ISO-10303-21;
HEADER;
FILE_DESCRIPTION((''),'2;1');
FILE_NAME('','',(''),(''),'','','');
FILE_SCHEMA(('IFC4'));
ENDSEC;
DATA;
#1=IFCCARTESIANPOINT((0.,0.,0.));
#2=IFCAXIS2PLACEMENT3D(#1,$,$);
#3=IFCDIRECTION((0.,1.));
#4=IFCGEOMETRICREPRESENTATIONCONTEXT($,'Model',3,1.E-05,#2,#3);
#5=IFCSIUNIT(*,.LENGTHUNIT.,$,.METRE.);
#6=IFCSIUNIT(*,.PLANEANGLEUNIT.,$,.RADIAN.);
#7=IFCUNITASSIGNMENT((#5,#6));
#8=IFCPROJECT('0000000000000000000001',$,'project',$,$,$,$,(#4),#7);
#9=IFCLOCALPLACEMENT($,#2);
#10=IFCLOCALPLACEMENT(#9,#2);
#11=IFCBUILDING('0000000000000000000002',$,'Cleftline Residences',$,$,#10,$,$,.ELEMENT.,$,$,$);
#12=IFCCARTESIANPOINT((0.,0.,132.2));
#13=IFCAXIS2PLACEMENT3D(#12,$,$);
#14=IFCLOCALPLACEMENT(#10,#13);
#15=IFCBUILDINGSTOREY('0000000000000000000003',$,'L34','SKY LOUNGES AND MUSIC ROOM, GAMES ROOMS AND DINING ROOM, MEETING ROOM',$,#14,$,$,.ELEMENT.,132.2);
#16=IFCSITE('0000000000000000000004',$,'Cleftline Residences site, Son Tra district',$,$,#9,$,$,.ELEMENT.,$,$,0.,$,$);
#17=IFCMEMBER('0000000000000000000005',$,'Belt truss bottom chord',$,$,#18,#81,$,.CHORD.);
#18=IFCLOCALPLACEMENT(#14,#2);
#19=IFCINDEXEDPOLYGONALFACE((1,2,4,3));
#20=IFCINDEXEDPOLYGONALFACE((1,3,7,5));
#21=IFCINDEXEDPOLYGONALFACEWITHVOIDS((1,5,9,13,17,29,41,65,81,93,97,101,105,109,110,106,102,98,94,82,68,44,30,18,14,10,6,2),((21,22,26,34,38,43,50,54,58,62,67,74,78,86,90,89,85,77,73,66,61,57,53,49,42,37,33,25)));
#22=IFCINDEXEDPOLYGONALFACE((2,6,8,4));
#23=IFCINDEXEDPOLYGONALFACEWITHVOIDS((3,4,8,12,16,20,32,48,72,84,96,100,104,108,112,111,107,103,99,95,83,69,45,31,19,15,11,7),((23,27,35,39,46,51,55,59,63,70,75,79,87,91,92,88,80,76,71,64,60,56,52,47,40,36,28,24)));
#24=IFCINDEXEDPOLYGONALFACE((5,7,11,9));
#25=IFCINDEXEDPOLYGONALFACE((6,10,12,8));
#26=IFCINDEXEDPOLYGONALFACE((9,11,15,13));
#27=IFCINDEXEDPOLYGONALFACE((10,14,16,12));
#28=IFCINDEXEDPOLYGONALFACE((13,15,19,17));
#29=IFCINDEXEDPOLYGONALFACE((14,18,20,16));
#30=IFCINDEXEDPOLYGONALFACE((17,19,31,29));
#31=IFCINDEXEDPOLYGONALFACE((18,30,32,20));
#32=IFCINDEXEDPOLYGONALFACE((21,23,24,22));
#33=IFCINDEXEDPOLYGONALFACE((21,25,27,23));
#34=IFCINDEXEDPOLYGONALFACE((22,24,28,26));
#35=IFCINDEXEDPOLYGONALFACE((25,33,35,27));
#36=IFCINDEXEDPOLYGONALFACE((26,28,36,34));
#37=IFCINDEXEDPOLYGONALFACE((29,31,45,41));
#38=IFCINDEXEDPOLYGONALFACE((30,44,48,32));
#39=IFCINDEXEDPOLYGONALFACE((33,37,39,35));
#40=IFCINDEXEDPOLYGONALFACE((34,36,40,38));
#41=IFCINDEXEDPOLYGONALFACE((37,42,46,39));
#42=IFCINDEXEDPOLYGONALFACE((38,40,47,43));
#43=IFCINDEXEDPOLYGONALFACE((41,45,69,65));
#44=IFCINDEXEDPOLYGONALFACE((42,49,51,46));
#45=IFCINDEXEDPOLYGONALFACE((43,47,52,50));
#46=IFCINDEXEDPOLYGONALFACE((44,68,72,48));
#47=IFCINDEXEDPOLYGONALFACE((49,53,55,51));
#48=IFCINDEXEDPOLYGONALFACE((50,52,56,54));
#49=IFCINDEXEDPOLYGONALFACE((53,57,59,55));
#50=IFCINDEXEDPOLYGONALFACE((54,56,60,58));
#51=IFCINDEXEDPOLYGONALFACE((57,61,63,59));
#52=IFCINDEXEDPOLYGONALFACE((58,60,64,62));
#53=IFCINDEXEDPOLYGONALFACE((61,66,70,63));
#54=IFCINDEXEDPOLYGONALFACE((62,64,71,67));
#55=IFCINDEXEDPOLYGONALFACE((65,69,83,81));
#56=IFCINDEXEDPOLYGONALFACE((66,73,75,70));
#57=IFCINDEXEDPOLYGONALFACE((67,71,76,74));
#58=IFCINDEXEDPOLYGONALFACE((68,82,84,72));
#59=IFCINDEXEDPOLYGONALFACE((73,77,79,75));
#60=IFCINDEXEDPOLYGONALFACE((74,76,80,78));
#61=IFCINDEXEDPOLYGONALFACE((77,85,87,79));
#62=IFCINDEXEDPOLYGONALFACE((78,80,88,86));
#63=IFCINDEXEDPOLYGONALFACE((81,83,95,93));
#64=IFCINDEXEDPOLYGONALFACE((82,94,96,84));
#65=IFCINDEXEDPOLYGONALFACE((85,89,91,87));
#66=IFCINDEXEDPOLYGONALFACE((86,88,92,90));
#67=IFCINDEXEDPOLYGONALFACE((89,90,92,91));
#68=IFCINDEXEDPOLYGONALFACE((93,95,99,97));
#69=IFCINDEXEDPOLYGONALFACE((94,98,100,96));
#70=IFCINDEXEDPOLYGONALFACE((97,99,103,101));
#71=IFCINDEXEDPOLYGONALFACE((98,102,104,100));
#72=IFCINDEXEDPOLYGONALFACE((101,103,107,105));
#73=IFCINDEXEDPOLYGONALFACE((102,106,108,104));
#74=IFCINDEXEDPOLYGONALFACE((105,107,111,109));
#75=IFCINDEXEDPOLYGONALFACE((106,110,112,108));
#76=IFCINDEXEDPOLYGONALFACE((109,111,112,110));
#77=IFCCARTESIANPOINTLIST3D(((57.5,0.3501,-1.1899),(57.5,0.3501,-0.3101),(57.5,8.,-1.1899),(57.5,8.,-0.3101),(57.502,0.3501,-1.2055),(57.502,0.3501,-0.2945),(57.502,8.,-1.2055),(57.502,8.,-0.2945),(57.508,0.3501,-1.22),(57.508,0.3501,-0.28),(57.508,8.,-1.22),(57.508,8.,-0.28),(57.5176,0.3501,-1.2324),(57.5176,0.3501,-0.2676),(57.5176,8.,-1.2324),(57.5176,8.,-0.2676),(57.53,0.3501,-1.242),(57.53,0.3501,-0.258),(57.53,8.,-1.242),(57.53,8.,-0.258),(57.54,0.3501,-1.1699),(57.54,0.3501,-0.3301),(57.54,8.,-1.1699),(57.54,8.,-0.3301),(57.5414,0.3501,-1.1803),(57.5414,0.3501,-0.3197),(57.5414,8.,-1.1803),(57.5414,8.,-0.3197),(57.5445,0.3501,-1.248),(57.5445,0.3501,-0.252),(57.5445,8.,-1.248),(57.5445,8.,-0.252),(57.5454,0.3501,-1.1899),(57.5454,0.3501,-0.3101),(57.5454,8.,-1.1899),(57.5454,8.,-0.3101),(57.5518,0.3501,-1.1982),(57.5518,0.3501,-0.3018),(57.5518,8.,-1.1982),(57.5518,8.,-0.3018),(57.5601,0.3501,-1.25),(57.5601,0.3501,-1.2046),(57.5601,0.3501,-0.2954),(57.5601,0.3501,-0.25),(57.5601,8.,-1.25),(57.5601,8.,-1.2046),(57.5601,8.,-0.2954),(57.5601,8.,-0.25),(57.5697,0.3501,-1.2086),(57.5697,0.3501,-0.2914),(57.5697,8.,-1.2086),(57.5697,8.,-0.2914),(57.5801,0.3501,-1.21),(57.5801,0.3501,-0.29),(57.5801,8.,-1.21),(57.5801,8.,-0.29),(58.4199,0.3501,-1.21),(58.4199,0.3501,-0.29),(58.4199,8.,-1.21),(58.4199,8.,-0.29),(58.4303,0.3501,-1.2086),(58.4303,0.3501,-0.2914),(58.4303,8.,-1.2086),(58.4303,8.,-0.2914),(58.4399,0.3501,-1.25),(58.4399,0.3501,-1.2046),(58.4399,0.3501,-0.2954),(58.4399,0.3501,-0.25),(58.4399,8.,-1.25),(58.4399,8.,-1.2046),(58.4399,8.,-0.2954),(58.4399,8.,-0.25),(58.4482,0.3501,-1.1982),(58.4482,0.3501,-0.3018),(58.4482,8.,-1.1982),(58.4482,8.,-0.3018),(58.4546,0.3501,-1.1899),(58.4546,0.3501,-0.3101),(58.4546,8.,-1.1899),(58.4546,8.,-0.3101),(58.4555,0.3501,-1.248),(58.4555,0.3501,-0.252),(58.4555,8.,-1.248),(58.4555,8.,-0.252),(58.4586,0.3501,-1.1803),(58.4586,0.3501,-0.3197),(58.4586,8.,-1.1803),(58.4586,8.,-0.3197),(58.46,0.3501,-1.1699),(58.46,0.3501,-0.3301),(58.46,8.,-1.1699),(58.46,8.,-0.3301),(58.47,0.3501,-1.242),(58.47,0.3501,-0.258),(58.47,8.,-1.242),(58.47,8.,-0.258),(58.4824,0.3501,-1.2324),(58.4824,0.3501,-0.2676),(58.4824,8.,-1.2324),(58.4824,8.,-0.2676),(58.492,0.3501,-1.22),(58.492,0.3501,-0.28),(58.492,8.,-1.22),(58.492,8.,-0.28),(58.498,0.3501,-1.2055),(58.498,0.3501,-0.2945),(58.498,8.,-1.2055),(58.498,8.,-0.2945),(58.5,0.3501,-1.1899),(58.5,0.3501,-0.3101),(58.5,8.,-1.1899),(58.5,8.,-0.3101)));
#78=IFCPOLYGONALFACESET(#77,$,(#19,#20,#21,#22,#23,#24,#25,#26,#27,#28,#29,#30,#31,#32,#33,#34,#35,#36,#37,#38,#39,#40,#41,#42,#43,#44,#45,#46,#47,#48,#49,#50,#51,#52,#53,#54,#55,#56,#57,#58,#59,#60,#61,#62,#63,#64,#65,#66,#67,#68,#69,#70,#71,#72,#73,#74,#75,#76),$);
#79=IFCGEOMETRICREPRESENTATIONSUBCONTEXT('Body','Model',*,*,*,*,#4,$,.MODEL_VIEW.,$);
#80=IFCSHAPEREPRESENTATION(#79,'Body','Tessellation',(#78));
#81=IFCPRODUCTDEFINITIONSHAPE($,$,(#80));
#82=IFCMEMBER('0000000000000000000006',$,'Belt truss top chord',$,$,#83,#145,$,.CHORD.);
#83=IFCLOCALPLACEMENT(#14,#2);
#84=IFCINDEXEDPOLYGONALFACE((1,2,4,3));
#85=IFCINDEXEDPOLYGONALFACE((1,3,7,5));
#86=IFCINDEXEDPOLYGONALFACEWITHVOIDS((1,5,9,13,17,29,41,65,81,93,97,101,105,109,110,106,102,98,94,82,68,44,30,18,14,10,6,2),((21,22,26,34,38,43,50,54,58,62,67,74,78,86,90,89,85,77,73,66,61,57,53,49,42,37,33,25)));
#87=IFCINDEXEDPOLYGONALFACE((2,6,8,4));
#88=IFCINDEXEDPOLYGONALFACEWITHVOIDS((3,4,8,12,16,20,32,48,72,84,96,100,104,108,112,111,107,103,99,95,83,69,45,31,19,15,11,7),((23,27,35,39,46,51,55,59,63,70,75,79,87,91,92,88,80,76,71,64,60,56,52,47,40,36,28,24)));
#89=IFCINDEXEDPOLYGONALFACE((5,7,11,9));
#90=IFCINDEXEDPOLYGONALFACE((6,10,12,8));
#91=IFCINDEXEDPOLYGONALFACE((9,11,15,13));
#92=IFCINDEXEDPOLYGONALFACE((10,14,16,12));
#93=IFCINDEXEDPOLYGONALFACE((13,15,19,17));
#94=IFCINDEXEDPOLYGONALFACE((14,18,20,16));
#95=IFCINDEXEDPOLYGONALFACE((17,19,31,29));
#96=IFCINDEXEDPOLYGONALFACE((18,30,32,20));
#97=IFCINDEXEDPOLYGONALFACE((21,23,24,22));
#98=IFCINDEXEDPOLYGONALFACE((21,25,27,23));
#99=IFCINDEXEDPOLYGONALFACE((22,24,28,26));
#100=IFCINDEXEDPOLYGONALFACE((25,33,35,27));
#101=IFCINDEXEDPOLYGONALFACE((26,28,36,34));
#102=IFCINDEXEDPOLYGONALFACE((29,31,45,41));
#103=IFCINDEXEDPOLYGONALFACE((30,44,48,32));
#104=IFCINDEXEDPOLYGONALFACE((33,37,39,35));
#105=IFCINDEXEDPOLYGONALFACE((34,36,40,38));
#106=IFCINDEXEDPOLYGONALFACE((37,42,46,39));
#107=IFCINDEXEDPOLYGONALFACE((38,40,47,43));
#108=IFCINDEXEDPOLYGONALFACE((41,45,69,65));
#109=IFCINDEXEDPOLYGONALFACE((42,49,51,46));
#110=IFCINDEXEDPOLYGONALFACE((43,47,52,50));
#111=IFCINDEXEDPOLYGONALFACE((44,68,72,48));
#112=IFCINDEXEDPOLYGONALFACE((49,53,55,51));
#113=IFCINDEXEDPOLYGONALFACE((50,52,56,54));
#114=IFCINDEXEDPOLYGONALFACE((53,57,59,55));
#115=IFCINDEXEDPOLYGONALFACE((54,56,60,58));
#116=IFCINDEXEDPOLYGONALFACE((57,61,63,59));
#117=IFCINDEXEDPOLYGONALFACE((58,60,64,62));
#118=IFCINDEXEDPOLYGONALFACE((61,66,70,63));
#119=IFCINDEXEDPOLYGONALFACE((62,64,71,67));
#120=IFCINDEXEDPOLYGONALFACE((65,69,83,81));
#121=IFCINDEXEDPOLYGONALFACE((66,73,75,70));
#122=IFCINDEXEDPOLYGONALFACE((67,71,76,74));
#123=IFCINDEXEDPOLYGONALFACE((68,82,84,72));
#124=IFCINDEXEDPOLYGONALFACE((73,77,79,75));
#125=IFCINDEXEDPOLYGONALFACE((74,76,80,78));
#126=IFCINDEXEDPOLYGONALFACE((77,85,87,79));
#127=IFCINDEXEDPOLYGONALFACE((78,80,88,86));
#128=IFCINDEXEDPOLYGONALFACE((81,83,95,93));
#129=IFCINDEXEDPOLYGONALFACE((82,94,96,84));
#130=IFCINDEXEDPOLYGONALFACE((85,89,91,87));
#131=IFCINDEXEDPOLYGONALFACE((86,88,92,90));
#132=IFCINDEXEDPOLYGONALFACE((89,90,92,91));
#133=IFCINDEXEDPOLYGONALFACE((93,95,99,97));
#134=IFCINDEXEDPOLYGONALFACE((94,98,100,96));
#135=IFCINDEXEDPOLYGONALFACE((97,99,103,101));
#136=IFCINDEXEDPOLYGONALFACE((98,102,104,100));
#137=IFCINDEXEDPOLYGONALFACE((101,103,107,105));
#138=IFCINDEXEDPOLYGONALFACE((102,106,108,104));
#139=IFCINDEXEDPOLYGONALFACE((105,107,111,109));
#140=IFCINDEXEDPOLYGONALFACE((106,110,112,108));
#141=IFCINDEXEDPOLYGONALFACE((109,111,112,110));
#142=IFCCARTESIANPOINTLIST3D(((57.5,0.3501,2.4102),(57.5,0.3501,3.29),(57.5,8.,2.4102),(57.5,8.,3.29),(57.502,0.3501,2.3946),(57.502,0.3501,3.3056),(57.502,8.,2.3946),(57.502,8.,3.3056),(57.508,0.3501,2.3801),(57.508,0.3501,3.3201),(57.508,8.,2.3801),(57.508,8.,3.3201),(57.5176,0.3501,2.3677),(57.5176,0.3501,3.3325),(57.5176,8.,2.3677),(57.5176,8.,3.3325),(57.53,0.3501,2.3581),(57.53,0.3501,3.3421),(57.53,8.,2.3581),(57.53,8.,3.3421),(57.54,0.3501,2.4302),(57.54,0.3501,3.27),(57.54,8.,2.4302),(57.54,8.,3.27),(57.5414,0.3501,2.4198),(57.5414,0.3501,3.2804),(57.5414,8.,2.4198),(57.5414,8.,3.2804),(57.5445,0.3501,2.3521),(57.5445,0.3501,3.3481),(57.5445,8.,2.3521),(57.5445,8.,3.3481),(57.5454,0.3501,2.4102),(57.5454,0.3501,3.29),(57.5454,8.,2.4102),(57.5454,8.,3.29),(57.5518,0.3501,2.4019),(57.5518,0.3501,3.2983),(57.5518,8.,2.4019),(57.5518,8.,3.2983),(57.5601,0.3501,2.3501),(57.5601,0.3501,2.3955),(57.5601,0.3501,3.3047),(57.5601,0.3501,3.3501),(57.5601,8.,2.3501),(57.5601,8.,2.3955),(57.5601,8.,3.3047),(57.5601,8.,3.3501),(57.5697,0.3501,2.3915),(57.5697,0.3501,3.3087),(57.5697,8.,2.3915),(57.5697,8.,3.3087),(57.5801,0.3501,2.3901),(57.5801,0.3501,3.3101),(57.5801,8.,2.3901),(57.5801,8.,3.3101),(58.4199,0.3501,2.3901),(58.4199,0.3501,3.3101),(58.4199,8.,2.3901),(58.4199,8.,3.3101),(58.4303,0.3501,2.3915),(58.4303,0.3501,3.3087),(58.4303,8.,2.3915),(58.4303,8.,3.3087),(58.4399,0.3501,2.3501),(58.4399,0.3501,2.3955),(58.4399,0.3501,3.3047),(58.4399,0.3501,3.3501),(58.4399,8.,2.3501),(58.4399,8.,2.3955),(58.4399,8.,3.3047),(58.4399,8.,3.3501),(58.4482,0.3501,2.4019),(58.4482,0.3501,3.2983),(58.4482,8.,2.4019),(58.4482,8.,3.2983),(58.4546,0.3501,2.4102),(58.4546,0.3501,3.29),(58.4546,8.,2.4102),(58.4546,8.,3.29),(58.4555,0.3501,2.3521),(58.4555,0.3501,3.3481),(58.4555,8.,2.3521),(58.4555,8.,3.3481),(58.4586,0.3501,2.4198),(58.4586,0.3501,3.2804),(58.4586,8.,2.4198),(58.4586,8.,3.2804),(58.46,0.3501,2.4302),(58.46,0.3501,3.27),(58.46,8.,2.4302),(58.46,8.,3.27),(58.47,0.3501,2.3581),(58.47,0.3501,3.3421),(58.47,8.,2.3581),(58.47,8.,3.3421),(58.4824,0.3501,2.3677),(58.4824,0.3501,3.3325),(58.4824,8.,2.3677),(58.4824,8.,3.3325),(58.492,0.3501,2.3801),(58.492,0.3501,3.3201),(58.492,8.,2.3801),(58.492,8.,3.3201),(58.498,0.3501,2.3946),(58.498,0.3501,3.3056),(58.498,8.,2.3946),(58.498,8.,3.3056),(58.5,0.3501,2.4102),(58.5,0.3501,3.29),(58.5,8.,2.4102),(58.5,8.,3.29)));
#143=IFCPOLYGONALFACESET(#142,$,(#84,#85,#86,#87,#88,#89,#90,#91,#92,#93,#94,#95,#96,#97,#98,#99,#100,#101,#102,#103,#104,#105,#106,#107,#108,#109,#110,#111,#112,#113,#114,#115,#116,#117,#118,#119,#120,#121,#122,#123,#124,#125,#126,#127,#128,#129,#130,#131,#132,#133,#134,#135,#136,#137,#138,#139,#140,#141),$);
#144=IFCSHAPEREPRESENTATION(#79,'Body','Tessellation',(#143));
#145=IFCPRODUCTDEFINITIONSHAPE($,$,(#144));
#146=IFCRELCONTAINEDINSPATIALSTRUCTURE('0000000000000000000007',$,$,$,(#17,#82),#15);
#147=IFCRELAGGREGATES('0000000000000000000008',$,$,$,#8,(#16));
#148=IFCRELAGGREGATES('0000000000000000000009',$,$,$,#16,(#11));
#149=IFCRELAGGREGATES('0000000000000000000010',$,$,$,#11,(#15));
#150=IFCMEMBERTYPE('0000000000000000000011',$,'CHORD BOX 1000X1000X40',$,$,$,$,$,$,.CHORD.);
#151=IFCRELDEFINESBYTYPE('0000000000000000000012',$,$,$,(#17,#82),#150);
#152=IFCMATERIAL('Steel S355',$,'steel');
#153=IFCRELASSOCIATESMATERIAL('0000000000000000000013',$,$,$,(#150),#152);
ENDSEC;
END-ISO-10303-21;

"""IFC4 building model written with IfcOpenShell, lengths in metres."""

from ifc_helpers import new_model, si_unit, direction, frame, origin, origin_2d, place, context, subcontext, project, spatial, hollow_rectangle, extrude, material, material_profile, profile_set, type_object, element, save


model = new_model("IFC4")

# Units and contexts
model_context = context("Model", 3, precision=1e-05, world=origin(), true_north=direction((0.0, 1.0)))
body_context = subcontext(model_context, "Body", "Model", "MODEL_VIEW")
ifc_project = project(units=[si_unit("LENGTHUNIT", "METRE"), si_unit("PLANEANGLEUNIT", "RADIAN")], contexts=[model_context])

# Site, building, storey
site_placement = place(None, origin())
site = spatial("IfcSite", under=ifc_project, at=site_placement, Name="Cleftline Residences site, Son Tra district", CompositionType="ELEMENT", RefElevation=0.0)
building_placement = place(site_placement, origin())
building = spatial("IfcBuilding", under=site, at=building_placement, Name="Cleftline Residences", CompositionType="ELEMENT")
storey_placement = place(building_placement, frame((0.0, 0.0, 132.2)))
storey = spatial("IfcBuildingStorey", under=building, at=storey_placement, Name="L34", Description="SKY LOUNGES AND MUSIC ROOM, GAMES ROOMS AND DINING ROOM, MEETING ROOM", CompositionType="ELEMENT", Elevation=132.2)

# Members
ifc_material_1 = material(Name="Steel S355", Category="steel")
ifc_material_profile_1 = material_profile(ifc_material_1, hollow_rectangle(XDim=1.0, YDim=1.0, WallThickness=0.04, InnerFilletRadius=0.04, OuterFilletRadius=0.0601, at=origin_2d()))
ifc_profile_set_1 = profile_set([ifc_material_profile_1], Name="Steel S355")
member_type_1 = type_object("IfcMemberType", Name="CHORD BOX 1000X1000X40", PredefinedType="CHORD", material=ifc_profile_set_1)
for number, where, z_axis, x_axis, name in (
    (1, (58.0, 0.3501, -0.75), (0.0, 1.0, 0.0), (-1.0, 0.0, 0.0), "Belt truss bottom chord"),
    (2, (58.0, 0.3501, 2.8501), (0.0, 1.0, 0.0), (-1.0, 0.0, 0.0), "Belt truss top chord"),
):
    element("IfcMember", number, at=place(storey_placement, frame(where, z_axis=z_axis, x_axis=x_axis)), inside=storey, type_object=member_type_1, Name=name, PredefinedType="CHORD", context=body_context, shape_type="SweptSolid", body=[
        extrude(hollow_rectangle(XDim=1.0, YDim=1.0, WallThickness=0.04, InnerFilletRadius=0.04, OuterFilletRadius=0.0601, at=origin_2d()), origin(), (0.0, 0.0, 1.0), 7.6499),
    ])

save(model, "model.ifc")
